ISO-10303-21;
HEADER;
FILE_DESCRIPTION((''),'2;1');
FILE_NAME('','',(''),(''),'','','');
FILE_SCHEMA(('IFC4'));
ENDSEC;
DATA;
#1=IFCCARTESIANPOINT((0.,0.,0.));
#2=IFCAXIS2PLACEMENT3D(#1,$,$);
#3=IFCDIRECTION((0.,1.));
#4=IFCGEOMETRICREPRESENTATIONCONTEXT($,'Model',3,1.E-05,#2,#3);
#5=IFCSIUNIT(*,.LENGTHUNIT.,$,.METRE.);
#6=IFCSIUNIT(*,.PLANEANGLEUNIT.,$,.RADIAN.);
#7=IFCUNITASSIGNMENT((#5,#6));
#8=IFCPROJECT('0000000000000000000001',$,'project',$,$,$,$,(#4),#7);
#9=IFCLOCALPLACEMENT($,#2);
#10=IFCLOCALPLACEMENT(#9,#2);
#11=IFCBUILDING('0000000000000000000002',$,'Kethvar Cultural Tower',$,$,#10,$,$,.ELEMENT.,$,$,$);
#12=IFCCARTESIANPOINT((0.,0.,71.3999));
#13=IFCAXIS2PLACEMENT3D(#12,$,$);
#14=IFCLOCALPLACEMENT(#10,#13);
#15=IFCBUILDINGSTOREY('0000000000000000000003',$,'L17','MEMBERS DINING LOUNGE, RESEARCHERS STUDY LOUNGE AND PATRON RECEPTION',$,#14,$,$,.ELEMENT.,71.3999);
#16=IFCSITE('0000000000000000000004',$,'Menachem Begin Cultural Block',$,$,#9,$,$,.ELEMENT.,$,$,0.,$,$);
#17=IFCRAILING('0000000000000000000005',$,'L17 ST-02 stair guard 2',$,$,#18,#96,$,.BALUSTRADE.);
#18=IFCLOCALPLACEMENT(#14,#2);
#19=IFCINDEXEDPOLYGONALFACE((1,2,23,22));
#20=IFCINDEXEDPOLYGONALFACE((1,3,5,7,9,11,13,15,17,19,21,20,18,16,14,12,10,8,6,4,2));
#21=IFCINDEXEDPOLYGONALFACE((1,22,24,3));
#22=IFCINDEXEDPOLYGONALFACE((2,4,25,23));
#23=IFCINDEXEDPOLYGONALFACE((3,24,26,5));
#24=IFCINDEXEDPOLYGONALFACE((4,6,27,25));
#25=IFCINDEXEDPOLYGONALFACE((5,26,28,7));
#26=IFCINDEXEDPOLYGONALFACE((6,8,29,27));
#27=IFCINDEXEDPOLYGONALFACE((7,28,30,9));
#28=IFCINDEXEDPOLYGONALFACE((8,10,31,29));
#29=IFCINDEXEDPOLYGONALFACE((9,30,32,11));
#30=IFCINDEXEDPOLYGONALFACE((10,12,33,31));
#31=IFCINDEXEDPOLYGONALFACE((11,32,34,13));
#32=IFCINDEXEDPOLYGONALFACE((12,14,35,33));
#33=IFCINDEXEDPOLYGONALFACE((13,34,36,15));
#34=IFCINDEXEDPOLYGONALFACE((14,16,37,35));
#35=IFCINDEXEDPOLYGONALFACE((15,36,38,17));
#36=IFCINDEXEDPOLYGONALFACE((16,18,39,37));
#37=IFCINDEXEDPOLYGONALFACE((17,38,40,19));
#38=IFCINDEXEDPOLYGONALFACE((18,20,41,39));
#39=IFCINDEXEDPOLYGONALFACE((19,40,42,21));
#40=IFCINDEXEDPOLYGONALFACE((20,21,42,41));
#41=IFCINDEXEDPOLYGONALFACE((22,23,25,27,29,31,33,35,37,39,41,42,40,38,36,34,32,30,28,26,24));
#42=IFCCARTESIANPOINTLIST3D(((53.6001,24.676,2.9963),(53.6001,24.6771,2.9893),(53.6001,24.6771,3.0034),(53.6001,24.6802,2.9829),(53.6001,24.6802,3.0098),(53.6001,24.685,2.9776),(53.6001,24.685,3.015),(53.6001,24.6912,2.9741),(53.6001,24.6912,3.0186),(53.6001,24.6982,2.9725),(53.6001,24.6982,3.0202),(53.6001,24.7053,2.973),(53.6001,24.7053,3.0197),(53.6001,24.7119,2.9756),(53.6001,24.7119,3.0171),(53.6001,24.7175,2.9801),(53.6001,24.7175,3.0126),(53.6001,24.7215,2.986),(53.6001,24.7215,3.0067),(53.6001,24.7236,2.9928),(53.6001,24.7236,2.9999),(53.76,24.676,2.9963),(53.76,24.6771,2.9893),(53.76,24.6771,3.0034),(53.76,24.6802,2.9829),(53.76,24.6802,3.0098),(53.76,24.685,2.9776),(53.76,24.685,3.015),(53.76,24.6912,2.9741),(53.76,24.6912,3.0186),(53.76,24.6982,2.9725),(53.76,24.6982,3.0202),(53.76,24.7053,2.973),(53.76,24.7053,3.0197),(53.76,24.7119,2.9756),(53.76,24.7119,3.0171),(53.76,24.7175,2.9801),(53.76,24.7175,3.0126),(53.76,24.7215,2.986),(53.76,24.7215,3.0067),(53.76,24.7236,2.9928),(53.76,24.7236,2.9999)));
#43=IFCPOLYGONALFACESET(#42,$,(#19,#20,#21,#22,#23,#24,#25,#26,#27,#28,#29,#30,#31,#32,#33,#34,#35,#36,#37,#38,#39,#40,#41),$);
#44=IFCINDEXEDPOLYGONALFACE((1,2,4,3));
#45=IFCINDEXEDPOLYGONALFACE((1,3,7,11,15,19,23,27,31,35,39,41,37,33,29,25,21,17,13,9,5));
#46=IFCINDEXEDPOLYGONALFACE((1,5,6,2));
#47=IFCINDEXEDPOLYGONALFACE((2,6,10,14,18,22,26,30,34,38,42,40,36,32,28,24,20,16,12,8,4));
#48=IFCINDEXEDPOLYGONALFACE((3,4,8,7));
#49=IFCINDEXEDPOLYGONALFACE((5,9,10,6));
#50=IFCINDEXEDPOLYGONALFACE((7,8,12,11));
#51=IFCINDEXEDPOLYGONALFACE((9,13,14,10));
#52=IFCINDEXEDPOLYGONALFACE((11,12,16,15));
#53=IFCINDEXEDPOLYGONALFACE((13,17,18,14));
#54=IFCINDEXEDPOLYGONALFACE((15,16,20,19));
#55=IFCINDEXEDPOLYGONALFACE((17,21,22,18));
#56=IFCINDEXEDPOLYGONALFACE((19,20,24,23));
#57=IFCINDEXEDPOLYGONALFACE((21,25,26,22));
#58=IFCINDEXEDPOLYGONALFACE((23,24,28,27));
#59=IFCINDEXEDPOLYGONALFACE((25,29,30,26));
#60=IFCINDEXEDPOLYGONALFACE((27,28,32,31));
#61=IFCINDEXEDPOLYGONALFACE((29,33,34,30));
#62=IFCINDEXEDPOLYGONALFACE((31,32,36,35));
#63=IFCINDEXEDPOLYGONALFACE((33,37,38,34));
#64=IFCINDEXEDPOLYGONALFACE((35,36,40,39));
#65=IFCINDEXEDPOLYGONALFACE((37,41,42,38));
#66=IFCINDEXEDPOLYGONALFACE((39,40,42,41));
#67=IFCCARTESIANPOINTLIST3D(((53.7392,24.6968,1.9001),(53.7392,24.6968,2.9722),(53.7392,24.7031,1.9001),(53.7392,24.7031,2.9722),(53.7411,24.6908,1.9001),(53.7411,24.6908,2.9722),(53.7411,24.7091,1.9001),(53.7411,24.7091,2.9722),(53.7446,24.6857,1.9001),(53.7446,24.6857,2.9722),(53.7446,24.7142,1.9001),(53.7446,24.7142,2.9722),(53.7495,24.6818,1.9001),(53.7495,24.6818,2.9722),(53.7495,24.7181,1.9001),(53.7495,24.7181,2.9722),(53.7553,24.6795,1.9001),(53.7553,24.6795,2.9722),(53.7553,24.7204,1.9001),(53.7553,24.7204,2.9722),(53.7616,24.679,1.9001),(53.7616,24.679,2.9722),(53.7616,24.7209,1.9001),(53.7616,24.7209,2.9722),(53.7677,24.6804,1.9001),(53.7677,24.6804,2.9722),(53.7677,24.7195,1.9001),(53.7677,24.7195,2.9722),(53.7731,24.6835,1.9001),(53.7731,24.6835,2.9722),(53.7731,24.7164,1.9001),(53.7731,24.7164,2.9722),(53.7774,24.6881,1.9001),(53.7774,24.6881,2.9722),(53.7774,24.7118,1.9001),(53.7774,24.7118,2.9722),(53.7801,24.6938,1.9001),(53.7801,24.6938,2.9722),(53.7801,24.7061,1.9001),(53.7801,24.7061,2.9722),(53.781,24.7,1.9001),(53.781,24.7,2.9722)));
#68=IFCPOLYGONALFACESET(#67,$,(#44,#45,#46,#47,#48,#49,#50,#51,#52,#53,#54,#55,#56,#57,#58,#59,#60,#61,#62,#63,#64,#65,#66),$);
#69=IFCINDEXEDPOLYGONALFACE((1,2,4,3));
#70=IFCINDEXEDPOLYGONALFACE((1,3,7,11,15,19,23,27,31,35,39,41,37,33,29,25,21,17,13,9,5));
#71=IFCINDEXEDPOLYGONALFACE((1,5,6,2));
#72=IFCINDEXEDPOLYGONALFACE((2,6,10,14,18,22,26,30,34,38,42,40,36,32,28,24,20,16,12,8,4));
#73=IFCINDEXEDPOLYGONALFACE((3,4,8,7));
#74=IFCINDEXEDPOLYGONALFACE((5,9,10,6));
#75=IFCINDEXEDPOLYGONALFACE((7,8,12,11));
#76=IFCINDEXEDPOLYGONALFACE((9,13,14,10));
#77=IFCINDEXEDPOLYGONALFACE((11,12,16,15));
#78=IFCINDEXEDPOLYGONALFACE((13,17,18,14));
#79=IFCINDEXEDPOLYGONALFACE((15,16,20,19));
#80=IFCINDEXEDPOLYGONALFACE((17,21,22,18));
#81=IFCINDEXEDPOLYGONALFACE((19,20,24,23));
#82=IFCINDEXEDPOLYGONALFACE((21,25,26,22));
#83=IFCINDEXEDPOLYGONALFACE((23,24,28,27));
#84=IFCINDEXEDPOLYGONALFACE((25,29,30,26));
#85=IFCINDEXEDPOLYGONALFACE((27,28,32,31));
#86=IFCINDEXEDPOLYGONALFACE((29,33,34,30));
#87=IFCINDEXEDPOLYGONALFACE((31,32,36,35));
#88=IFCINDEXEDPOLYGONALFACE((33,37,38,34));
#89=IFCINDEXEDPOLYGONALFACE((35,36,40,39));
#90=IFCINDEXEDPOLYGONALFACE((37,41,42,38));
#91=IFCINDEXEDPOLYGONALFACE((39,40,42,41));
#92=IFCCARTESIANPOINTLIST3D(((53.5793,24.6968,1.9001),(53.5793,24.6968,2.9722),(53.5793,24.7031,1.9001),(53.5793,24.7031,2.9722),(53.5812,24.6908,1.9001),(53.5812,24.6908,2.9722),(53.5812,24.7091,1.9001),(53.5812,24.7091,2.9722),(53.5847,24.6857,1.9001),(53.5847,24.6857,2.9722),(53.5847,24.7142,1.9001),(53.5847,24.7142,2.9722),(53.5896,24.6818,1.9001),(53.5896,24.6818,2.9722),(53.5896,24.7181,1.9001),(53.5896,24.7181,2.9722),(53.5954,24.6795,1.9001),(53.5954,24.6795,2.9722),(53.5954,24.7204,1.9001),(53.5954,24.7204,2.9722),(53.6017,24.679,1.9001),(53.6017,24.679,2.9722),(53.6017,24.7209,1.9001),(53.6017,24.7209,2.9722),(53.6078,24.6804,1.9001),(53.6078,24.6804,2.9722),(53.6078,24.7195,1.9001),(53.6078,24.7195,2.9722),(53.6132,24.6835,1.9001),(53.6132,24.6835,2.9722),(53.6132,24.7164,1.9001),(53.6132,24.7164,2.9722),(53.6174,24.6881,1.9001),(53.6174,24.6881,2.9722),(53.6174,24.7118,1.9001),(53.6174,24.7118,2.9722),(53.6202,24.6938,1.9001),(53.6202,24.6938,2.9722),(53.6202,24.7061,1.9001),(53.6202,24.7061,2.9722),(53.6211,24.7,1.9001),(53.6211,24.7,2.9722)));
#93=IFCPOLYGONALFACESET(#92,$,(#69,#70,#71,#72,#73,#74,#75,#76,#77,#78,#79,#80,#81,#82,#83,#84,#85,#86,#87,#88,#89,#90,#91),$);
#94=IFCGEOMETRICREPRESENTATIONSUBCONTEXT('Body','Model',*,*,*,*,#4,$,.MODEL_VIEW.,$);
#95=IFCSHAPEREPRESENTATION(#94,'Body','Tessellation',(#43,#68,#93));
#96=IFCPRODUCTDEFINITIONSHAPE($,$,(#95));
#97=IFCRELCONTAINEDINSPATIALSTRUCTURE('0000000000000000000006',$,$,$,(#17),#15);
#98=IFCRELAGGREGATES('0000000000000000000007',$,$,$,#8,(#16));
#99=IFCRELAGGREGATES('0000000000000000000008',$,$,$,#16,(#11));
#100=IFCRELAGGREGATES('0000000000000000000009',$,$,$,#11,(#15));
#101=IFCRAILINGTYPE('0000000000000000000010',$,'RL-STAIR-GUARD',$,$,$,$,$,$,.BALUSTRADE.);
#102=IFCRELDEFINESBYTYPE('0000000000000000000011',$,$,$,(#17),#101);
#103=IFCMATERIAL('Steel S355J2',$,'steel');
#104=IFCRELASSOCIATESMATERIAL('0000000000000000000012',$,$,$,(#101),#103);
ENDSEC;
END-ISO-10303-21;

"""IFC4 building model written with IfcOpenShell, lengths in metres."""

from ifc_helpers import new_model, si_unit, direction, frame, origin, origin_2d, place, context, subcontext, project, spatial, circle, extrude, material, type_object, element, save


model = new_model("IFC4")

# Units and contexts
model_context = context("Model", 3, precision=1e-05, world=origin(), true_north=direction((0.0, 1.0)))
body_context = subcontext(model_context, "Body", "Model", "MODEL_VIEW")
ifc_project = project(units=[si_unit("LENGTHUNIT", "METRE"), si_unit("PLANEANGLEUNIT", "RADIAN")], contexts=[model_context])

# Site, building, storey
site_placement = place(None, origin())
site = spatial("IfcSite", under=ifc_project, at=site_placement, Name="Menachem Begin Cultural Block", CompositionType="ELEMENT", RefElevation=0.0)
building_placement = place(site_placement, origin())
building = spatial("IfcBuilding", under=site, at=building_placement, Name="Kethvar Cultural Tower", CompositionType="ELEMENT")
storey_placement = place(building_placement, frame((0.0, 0.0, 71.3999)))
storey = spatial("IfcBuildingStorey", under=building, at=storey_placement, Name="L17", Description="MEMBERS DINING LOUNGE, RESEARCHERS STUDY LOUNGE AND PATRON RECEPTION", CompositionType="ELEMENT", Elevation=71.3999)

# Shared definitions
ifc_material_1 = material(Name="Steel S355J2", Category="steel")

# Railing
railing_type_1 = type_object("IfcRailingType", Name="RL-STAIR-GUARD", PredefinedType="BALUSTRADE", material=ifc_material_1)
railing_1_placement = place(storey_placement, frame((53.76, 24.7, 1.9001)))
element("IfcRailing", 1, at=railing_1_placement, inside=storey, type_object=railing_type_1, Name="L17 ST-02 stair guard 2", PredefinedType="BALUSTRADE", context=body_context, shape_type="SweptSolid", body=[
    extrude(circle(Radius=0.0239, at=origin_2d()), frame((0.0, 0.0, 1.0962), z_axis=(-1.0, 0.0, 0.0), x_axis=(0.0, -1.0, 0.0)), (0.0, 0.0, 1.0), 0.1599),
    extrude(circle(Radius=0.021, at=origin_2d()), origin(), (0.0, 0.0, 1.0), 1.072),
    extrude(circle(Radius=0.021, at=origin_2d()), frame((-0.1599, 0.0, 0.0)), (0.0, 0.0, 1.0), 1.072),
])

save(model, "model.ifc")
